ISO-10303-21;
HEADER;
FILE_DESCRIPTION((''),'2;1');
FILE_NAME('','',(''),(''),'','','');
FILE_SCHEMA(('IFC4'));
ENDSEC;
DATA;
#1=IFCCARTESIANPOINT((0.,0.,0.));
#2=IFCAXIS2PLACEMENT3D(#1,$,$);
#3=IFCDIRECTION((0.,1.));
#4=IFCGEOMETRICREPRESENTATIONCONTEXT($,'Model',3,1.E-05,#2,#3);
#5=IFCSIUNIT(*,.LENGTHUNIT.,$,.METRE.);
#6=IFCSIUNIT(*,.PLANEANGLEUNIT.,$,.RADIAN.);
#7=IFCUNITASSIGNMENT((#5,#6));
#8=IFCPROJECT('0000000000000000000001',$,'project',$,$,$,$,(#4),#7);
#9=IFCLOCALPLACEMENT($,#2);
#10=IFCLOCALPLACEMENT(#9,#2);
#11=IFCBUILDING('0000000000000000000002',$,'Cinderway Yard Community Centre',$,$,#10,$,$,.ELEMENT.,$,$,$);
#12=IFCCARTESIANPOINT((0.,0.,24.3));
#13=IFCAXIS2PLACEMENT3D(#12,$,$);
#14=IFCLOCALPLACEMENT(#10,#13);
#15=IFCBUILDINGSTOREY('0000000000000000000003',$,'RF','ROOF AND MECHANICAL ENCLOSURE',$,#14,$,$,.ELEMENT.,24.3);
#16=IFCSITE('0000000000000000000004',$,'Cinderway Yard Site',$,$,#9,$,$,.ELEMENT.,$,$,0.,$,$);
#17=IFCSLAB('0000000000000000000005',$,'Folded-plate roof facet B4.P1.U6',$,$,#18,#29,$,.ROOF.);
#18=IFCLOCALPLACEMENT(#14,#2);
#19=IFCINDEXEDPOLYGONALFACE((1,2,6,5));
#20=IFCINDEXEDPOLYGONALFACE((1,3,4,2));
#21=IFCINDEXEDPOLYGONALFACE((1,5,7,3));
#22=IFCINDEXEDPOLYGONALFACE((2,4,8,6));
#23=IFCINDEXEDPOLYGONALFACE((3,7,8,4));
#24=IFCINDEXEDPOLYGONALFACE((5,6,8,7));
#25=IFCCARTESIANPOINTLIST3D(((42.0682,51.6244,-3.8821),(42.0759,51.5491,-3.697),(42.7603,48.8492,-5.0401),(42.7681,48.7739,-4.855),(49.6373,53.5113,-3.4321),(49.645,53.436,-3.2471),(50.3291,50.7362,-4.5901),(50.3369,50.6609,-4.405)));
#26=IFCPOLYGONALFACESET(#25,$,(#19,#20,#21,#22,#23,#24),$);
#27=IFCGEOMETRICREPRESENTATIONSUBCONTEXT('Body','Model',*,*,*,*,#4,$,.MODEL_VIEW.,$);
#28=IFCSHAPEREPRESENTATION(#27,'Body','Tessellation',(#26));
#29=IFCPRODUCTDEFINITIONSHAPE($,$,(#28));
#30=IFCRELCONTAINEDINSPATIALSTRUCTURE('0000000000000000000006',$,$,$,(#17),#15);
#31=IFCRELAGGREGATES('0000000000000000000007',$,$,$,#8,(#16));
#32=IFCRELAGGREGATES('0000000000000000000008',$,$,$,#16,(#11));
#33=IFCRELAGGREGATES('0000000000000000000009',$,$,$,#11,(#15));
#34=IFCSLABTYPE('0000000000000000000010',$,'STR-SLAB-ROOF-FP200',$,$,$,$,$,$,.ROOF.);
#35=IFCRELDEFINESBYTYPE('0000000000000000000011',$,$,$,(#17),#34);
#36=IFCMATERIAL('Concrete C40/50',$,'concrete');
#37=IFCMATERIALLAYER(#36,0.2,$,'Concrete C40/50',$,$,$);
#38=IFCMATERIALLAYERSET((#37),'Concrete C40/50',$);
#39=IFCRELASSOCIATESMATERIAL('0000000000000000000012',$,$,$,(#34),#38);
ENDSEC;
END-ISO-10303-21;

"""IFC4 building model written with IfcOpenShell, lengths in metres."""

from ifc_helpers import new_model, si_unit, direction, frame, origin, place, context, subcontext, project, spatial, polyline, outline, extrude, material, layer, layer_set, type_object, element, save


model = new_model("IFC4")

# Units and contexts
model_context = context("Model", 3, precision=1e-05, world=origin(), true_north=direction((0.0, 1.0)))
body_context = subcontext(model_context, "Body", "Model", "MODEL_VIEW")
ifc_project = project(units=[si_unit("LENGTHUNIT", "METRE"), si_unit("PLANEANGLEUNIT", "RADIAN")], contexts=[model_context])

# Site, building, storey
site_placement = place(None, origin())
site = spatial("IfcSite", under=ifc_project, at=site_placement, Name="Cinderway Yard Site", CompositionType="ELEMENT", RefElevation=0.0)
building_placement = place(site_placement, origin())
building = spatial("IfcBuilding", under=site, at=building_placement, Name="Cinderway Yard Community Centre", CompositionType="ELEMENT")
storey_placement = place(building_placement, frame((0.0, 0.0, 24.3)))
storey = spatial("IfcBuildingStorey", under=building, at=storey_placement, Name="RF", Description="ROOF AND MECHANICAL ENCLOSURE", CompositionType="ELEMENT", Elevation=24.3)

# Shared definitions
ifc_material_1 = material(Name="Concrete C40/50", Category="concrete")

# Slab
ifc_layer_1 = layer(ifc_material_1, 0.2, Name="Concrete C40/50")
ifc_layer_set_1 = layer_set([ifc_layer_1], Name="Concrete C40/50")
slab_type = type_object("IfcSlabType", Name="STR-SLAB-ROOF-FP200", PredefinedType="ROOF", material=ifc_layer_set_1)
slab_placement = place(storey_placement, frame((42.7681, 48.7739, -4.855), z_axis=(0.038845, -0.376526, 0.925591), x_axis=(0.96869, 0.241501, 0.057587)))
element("IfcSlab", 1, at=slab_placement, inside=storey, type_object=slab_type, Name="Folded-plate roof facet B4.P1.U6", PredefinedType="ROOF", context=body_context, shape_type="SweptSolid", body=[
    extrude(outline(polyline([(0.0, 0.0), (7.8135, 0.0), (7.8801, 3.0849), (0.0664, 3.085), (0.0, 0.0)])), origin(), (0.0, 0.0, -1.0), 0.2),
])

save(model, "model.ifc")
